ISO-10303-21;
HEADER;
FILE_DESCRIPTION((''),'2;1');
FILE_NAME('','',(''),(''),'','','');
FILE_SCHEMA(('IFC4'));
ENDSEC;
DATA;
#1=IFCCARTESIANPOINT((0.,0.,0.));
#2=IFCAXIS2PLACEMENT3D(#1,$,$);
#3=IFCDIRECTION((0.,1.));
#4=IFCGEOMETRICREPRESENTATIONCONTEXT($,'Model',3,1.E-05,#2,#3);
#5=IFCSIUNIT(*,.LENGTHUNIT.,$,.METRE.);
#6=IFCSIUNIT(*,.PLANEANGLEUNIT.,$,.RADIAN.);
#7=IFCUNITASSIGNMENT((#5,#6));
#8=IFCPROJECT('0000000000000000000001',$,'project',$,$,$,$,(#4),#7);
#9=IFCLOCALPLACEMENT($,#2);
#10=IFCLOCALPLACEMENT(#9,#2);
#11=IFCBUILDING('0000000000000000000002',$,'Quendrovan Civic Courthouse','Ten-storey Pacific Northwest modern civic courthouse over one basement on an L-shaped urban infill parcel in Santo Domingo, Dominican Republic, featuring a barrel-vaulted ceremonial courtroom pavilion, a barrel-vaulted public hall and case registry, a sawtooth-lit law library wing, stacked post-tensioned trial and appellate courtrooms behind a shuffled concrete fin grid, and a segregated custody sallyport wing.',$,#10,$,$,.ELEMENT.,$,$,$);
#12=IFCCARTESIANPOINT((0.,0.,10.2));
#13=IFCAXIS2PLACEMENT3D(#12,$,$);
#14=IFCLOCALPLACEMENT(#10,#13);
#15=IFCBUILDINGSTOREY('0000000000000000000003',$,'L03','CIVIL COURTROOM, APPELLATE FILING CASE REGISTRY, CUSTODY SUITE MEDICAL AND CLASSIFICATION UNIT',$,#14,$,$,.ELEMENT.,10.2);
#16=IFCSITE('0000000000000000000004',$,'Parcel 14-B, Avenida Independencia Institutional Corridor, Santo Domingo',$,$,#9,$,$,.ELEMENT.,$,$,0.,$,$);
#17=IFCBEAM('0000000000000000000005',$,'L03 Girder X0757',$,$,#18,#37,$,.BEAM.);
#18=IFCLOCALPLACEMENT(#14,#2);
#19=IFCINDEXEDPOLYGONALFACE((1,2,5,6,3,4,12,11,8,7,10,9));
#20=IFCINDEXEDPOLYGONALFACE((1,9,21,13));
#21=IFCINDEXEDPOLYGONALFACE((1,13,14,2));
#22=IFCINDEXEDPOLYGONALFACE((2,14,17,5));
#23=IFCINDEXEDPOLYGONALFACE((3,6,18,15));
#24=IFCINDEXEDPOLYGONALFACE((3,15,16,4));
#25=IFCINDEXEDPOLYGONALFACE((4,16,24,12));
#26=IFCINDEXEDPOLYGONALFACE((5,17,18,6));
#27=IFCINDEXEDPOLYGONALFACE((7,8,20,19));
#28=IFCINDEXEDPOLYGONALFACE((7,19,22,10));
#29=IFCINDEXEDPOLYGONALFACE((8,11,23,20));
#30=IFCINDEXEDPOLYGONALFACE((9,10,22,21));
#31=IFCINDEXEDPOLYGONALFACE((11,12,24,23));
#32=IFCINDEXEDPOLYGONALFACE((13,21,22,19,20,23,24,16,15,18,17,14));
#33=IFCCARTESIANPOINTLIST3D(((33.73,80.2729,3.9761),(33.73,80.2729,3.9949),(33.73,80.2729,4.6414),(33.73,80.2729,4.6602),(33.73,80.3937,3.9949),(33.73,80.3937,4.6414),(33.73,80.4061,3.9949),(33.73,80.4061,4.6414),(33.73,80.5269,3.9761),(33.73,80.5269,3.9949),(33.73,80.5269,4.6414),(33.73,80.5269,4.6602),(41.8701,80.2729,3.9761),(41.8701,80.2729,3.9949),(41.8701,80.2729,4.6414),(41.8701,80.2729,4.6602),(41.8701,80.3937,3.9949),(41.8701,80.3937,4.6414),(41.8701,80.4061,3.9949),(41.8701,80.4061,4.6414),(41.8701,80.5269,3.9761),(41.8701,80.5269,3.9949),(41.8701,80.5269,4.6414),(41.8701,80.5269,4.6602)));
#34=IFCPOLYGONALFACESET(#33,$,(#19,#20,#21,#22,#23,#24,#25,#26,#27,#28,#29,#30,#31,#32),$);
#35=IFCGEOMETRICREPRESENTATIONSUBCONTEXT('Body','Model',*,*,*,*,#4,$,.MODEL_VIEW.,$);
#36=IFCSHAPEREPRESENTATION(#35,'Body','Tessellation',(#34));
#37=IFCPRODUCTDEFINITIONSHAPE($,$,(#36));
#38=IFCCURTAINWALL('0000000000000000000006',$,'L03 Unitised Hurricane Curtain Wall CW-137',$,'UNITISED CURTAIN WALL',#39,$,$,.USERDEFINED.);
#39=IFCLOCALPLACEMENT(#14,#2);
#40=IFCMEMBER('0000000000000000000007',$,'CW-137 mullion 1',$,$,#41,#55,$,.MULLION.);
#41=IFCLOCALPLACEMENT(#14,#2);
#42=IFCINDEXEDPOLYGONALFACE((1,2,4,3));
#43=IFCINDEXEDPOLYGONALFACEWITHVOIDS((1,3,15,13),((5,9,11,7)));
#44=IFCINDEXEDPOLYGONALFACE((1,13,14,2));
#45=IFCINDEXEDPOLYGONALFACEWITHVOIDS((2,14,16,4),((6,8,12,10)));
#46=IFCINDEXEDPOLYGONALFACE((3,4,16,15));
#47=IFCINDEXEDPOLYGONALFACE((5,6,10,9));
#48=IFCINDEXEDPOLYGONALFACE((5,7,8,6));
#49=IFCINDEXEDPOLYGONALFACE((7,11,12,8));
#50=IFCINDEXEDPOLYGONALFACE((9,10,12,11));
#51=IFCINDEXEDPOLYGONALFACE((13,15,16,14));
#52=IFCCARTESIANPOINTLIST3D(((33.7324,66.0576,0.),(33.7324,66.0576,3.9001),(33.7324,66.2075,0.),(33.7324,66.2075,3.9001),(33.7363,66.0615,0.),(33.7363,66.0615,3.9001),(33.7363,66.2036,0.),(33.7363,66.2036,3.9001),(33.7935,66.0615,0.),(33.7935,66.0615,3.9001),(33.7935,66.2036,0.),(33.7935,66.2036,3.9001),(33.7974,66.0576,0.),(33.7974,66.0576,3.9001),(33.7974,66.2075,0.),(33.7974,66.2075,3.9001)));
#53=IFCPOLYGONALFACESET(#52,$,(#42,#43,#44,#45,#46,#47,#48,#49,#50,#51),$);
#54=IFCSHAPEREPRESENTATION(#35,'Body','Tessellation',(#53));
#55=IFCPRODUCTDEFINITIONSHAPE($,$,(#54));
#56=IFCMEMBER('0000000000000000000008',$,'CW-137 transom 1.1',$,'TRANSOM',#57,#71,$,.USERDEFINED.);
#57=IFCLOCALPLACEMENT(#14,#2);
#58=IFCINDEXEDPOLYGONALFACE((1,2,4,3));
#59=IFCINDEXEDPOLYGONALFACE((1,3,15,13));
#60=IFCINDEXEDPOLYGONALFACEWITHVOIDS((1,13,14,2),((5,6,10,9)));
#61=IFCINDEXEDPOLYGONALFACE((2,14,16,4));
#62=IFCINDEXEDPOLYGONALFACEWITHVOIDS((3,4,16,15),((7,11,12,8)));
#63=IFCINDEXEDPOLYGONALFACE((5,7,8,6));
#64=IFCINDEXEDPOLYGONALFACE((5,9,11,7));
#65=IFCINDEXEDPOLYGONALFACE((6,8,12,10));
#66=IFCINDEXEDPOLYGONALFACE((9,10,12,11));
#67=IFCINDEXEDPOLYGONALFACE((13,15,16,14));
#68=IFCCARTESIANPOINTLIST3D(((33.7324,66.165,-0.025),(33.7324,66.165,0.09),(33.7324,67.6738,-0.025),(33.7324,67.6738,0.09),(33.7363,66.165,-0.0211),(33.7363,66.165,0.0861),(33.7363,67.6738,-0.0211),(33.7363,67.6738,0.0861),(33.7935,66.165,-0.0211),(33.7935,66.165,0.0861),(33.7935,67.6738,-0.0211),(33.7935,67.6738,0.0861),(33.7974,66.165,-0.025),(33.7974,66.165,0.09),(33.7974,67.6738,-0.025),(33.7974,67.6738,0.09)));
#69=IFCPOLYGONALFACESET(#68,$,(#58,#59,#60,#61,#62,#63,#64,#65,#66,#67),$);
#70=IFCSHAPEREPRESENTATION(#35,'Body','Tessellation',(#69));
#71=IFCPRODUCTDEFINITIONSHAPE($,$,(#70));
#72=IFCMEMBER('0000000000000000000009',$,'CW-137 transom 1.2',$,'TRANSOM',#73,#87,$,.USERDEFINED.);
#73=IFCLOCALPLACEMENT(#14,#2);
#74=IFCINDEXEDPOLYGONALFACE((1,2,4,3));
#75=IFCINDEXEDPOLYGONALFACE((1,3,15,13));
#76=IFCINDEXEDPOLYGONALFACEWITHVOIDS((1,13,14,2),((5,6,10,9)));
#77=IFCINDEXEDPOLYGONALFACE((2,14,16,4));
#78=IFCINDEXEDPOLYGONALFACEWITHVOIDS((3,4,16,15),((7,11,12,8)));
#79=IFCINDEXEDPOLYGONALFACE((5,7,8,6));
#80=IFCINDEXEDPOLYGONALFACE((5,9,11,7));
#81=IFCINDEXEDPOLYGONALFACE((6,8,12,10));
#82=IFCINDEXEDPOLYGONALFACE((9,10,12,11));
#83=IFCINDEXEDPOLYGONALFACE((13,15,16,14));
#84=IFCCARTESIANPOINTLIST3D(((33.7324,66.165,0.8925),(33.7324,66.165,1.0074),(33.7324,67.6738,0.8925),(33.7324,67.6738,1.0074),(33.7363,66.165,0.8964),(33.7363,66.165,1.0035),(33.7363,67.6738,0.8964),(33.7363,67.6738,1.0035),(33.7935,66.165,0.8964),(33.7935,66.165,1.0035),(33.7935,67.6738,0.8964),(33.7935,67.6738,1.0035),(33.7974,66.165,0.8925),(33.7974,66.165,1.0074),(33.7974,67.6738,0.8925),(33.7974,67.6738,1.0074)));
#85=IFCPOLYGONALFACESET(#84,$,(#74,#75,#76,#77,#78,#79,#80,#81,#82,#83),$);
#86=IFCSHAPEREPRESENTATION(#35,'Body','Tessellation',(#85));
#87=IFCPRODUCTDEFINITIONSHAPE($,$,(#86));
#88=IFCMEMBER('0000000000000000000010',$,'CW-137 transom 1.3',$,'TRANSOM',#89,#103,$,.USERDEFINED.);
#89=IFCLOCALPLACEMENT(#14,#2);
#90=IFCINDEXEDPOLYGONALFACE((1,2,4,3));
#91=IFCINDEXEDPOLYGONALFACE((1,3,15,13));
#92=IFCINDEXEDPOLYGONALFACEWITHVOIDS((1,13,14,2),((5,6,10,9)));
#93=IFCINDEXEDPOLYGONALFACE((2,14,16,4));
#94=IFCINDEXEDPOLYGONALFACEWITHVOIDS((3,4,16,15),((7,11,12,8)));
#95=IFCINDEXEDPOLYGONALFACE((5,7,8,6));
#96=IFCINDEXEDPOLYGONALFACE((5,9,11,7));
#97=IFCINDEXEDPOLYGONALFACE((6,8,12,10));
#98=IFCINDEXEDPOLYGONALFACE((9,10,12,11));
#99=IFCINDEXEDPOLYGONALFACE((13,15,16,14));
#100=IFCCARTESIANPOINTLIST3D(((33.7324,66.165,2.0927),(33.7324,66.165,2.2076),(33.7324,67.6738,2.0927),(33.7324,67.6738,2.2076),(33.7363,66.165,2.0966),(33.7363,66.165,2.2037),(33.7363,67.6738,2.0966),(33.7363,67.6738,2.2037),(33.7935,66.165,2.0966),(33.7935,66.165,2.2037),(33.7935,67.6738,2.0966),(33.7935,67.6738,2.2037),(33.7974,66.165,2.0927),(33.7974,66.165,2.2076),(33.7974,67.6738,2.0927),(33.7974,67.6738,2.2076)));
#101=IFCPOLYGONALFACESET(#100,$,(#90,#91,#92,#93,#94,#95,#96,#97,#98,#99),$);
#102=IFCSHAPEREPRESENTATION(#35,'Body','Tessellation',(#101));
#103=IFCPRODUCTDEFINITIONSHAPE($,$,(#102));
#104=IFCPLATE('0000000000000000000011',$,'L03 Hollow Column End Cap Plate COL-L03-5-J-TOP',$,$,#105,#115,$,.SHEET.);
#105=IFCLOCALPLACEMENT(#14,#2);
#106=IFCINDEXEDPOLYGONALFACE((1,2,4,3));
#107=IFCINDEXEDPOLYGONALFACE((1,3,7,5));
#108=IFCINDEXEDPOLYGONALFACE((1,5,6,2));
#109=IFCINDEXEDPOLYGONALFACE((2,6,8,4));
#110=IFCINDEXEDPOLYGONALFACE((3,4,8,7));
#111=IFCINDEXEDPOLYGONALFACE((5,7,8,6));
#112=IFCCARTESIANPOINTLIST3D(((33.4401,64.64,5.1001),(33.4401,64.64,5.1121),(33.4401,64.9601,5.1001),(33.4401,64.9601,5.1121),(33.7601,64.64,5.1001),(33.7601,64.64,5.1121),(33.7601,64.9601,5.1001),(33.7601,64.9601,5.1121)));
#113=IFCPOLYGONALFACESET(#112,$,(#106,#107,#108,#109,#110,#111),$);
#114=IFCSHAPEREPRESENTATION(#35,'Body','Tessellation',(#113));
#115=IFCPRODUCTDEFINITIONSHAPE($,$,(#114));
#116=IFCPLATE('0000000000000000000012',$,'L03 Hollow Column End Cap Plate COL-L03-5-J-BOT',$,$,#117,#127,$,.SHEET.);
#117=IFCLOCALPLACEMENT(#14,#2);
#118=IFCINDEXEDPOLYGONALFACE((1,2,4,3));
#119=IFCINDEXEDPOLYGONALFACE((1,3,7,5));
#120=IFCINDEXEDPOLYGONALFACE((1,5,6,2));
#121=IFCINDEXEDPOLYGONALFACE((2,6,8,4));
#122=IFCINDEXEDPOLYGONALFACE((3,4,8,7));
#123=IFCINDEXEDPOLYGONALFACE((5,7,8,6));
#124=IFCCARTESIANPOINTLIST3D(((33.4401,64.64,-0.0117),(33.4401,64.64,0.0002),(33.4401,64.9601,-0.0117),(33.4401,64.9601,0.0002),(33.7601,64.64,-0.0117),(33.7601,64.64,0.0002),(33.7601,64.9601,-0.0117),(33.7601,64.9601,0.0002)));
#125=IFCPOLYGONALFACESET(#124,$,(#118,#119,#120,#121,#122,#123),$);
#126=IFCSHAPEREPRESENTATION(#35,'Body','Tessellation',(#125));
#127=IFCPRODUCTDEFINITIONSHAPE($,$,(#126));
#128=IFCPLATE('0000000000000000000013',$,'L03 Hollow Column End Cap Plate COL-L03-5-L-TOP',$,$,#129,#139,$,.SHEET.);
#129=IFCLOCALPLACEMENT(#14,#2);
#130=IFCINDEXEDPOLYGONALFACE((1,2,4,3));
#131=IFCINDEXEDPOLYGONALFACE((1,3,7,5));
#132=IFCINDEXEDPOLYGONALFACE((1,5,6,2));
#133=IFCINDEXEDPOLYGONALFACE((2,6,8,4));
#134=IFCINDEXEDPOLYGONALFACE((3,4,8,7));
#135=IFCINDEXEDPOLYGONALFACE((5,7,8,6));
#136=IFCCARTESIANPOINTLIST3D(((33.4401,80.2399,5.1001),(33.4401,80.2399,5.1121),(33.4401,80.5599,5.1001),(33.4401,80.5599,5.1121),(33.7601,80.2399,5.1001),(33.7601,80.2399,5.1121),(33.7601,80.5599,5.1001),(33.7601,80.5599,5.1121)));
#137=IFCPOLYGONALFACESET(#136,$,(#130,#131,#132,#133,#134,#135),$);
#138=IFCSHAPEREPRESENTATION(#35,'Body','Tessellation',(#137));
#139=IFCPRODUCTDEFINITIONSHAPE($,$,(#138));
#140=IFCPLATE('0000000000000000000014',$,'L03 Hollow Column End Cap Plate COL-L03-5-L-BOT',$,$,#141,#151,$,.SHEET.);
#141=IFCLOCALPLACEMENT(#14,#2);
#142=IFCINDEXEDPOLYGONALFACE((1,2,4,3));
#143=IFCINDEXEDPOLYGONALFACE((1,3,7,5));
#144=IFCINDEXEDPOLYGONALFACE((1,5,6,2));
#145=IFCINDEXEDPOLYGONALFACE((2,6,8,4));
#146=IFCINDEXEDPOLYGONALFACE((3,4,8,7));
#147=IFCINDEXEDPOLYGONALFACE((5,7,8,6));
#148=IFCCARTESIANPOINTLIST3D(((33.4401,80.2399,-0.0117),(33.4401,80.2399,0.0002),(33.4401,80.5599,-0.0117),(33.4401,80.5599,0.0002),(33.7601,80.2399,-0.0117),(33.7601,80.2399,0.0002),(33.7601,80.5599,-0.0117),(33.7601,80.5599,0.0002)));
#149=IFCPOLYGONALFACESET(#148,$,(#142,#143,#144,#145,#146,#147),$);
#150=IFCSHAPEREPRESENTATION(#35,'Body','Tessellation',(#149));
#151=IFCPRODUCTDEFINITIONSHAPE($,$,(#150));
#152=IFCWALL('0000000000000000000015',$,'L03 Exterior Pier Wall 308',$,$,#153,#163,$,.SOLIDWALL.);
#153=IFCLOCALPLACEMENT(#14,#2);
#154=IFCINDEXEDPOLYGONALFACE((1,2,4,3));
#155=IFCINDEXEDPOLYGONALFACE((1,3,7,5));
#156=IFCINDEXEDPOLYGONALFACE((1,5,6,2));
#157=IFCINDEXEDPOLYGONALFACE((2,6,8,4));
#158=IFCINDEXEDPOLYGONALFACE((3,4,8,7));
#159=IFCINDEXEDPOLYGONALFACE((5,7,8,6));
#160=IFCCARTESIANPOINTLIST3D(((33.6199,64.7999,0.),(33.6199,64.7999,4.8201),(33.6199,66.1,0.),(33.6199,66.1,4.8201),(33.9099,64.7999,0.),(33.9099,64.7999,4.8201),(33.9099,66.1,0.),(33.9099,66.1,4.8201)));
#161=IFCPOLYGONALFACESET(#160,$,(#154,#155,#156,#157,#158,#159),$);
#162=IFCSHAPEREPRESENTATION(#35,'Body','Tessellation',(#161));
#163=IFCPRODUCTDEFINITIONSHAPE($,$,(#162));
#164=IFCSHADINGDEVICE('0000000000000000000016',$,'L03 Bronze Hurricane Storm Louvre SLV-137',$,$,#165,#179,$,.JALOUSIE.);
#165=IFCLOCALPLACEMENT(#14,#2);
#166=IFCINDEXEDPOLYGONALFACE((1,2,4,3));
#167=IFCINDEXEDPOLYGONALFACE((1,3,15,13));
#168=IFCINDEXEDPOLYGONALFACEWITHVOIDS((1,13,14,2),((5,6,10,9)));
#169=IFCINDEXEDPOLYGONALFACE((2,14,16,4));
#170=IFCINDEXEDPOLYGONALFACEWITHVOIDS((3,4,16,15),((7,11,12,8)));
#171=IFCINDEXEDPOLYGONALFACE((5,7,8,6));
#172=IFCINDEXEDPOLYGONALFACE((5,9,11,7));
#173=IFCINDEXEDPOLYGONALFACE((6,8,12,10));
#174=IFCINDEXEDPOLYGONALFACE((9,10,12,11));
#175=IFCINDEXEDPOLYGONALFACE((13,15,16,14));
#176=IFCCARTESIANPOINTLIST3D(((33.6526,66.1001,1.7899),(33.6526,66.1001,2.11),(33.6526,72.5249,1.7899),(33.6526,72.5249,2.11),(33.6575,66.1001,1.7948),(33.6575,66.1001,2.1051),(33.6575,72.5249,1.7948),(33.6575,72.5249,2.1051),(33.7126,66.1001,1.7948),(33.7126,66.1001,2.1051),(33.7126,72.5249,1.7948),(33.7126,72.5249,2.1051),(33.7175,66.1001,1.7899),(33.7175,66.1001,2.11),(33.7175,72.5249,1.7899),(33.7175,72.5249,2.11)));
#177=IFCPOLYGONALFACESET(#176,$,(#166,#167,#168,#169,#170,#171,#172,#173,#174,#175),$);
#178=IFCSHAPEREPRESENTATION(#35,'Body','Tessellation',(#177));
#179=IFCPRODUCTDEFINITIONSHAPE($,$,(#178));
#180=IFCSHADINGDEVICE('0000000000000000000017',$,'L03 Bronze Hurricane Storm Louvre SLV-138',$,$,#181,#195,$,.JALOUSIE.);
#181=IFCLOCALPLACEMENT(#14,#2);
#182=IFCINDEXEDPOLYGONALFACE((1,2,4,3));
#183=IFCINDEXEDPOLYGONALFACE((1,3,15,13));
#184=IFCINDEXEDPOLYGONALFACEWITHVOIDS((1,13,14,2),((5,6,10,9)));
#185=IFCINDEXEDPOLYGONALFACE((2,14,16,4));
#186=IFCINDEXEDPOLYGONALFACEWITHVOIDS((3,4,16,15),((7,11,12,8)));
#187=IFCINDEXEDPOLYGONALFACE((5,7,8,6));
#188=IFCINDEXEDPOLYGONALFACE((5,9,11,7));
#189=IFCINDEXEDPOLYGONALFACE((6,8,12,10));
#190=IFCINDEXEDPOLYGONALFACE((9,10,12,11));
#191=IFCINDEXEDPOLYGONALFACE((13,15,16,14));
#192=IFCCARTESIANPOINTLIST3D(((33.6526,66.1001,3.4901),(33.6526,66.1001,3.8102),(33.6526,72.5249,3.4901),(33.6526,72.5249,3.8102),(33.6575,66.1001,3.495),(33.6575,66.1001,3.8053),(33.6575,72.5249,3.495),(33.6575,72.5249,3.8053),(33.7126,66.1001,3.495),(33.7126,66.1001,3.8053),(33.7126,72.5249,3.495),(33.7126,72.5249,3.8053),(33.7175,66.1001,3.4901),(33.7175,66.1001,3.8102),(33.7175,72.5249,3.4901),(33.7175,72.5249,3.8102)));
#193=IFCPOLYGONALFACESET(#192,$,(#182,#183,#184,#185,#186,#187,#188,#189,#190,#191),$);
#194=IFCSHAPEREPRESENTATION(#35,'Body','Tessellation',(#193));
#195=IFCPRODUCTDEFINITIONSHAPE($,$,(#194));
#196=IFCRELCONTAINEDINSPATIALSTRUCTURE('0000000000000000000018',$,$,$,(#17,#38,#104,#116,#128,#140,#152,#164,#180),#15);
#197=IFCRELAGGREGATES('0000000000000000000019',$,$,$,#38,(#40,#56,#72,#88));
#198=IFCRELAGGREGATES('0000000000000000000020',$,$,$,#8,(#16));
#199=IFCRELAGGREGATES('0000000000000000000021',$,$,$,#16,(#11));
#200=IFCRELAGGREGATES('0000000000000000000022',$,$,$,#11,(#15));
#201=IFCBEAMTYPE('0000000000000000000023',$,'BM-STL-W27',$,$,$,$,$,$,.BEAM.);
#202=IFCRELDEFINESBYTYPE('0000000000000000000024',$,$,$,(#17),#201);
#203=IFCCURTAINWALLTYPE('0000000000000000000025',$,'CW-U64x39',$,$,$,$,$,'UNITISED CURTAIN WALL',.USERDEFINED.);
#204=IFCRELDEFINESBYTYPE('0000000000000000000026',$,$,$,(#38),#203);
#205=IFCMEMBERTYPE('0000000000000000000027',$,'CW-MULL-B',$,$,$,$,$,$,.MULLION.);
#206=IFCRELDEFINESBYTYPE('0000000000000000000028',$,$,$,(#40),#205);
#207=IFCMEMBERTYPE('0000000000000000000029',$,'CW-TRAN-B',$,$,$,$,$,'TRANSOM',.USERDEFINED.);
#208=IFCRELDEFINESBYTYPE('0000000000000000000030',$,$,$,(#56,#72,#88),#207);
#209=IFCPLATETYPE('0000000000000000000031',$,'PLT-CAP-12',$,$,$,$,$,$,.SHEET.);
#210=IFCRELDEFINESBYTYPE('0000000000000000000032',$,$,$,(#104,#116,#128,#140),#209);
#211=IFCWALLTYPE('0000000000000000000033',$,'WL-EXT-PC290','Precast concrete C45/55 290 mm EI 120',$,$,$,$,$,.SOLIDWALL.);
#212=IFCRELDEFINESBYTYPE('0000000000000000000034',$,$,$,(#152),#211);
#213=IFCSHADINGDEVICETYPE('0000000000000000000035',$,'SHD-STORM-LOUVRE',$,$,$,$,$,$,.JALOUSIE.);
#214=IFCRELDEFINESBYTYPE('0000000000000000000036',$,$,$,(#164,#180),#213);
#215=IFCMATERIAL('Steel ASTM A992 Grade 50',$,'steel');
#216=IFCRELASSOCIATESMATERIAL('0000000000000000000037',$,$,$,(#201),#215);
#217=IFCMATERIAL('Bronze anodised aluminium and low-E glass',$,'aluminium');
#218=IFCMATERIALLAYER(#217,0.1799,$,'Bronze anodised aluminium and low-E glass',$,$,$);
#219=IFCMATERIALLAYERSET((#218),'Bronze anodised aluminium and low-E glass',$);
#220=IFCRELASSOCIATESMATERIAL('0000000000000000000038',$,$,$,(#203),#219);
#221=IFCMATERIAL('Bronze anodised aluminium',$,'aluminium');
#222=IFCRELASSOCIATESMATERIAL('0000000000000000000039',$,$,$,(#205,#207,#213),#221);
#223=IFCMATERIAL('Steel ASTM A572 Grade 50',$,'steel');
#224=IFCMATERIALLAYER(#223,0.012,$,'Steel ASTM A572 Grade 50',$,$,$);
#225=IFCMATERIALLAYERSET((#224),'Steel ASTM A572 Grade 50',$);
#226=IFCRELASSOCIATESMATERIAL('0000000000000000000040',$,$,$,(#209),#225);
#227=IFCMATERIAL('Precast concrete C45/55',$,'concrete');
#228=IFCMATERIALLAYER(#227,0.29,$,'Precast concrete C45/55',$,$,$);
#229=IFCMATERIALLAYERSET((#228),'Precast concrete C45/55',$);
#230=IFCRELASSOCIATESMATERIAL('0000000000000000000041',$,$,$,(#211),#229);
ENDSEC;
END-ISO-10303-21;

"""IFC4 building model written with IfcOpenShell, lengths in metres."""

from ifc_helpers import new_model, si_unit, direction, frame, frame_2d, origin, origin_2d, place, context, subcontext, project, spatial, rectangle, hollow_rectangle, i_section, extrude, material, layer, layer_set, material_profile, profile_set, type_object, element, aggregate, save


model = new_model("IFC4")

# Units and contexts
model_context = context("Model", 3, precision=1e-05, world=origin(), true_north=direction((0.0, 1.0)))
body_context = subcontext(model_context, "Body", "Model", "MODEL_VIEW")
ifc_project = project(units=[si_unit("LENGTHUNIT", "METRE"), si_unit("PLANEANGLEUNIT", "RADIAN")], contexts=[model_context])

# Site, building, storey
site_placement = place(None, origin())
site = spatial("IfcSite", under=ifc_project, at=site_placement, Name="Parcel 14-B, Avenida Independencia Institutional Corridor, Santo Domingo", CompositionType="ELEMENT", RefElevation=0.0)
building_placement = place(site_placement, origin())
building = spatial("IfcBuilding", under=site, at=building_placement, Name="Quendrovan Civic Courthouse", Description="Ten-storey Pacific Northwest modern civic courthouse over one basement on an L-shaped urban infill parcel in Santo Domingo, Dominican Republic, featuring a barrel-vaulted ceremonial courtroom pavilion, a barrel-vaulted public hall and case registry, a sawtooth-lit law library wing, stacked post-tensioned trial and appellate courtrooms behind a shuffled concrete fin grid, and a segregated custody sallyport wing.", CompositionType="ELEMENT")
storey_placement = place(building_placement, frame((0.0, 0.0, 10.2)))
storey = spatial("IfcBuildingStorey", under=building, at=storey_placement, Name="L03", Description="CIVIL COURTROOM, APPELLATE FILING CASE REGISTRY, CUSTODY SUITE MEDICAL AND CLASSIFICATION UNIT", CompositionType="ELEMENT", Elevation=10.2)

# Shared definitions
ifc_material_1 = material(Name="Steel ASTM A992 Grade 50", Category="steel")

# Beam
ifc_material_profile_1 = material_profile(ifc_material_1, i_section(OverallWidth=0.2539, OverallDepth=0.6841, WebThickness=0.0125, FlangeThickness=0.0188, at=origin_2d()), Name="W27X94")
ifc_profile_set_1 = profile_set([ifc_material_profile_1], Name="Steel ASTM A992 Grade 50")
beam_type_1 = type_object("IfcBeamType", Name="BM-STL-W27", PredefinedType="BEAM", material=ifc_profile_set_1)
beam_1_placement = place(storey_placement, frame((33.73, 80.3999, 4.3181), z_axis=(1.0, 0.0, 0.0), x_axis=(0.0, 1.0, 0.0)))
element("IfcBeam", 1, at=beam_1_placement, inside=storey, type_object=beam_type_1, Name="L03 Girder X0757", PredefinedType="BEAM", context=body_context, shape_type="SweptSolid", body=[
    extrude(i_section(OverallWidth=0.2539, OverallDepth=0.6841, WebThickness=0.0125, FlangeThickness=0.0188, at=origin_2d()), origin(), (0.0, 0.0, 1.0), 8.1401),
])

# Curtain wall, members
ifc_material_2 = material(Name="Bronze anodised aluminium and low-E glass", Category="aluminium")
ifc_layer_1 = layer(ifc_material_2, 0.1799, Name="Bronze anodised aluminium and low-E glass")
ifc_layer_set_1 = layer_set([ifc_layer_1], Name="Bronze anodised aluminium and low-E glass")
curtain_wall_type = type_object("IfcCurtainWallType", Name="CW-U64x39", ElementType="UNITISED CURTAIN WALL", PredefinedType="USERDEFINED", material=ifc_layer_set_1)
curtain_wall_placement = place(storey_placement, origin())
curtain_wall = element("IfcCurtainWall", 2, at=curtain_wall_placement, inside=storey, type_object=curtain_wall_type, Name="L03 Unitised Hurricane Curtain Wall CW-137", ObjectType="UNITISED CURTAIN WALL", PredefinedType="USERDEFINED")
ifc_material_3 = material(Name="Bronze anodised aluminium", Category="aluminium")
ifc_material_profile_2 = material_profile(ifc_material_3, hollow_rectangle(XDim=0.0649, YDim=0.1499, WallThickness=0.0039, at=origin_2d()), Name="CW-MULL-65x150")
ifc_profile_set_2 = profile_set([ifc_material_profile_2], Name="Bronze anodised aluminium")
member_type_1 = type_object("IfcMemberType", Name="CW-MULL-B", PredefinedType="MULLION", material=ifc_profile_set_2)
member_1_placement = place(storey_placement, frame((33.7649, 66.1326, 0.0), z_axis=(0.0, 0.0, 1.0), x_axis=(-1.0, 0.0, 0.0)))
member_1 = element("IfcMember", 3, at=member_1_placement, type_object=member_type_1, Name="CW-137 mullion 1", PredefinedType="MULLION", context=body_context, shape_type="SweptSolid", body=[
    extrude(hollow_rectangle(XDim=0.0649, YDim=0.1499, WallThickness=0.0039, at=origin_2d()), origin(), (0.0, 0.0, 1.0), 3.9001),
])
ifc_material_profile_3 = material_profile(ifc_material_3, hollow_rectangle(XDim=0.0649, YDim=0.115, WallThickness=0.0039, at=origin_2d()), Name="CW-TRAN-65x115")
ifc_profile_set_3 = profile_set([ifc_material_profile_3], Name="Bronze anodised aluminium")
member_type_2 = type_object("IfcMemberType", Name="CW-TRAN-B", ElementType="TRANSOM", PredefinedType="USERDEFINED", material=ifc_profile_set_3)
member_2_placement = place(storey_placement, frame((33.7649, 66.165, 0.0325), z_axis=(0.0, 1.0, 0.0), x_axis=(-1.0, 0.0, 0.0)))
member_2 = element("IfcMember", 4, at=member_2_placement, type_object=member_type_2, Name="CW-137 transom 1.1", ObjectType="TRANSOM", PredefinedType="USERDEFINED", context=body_context, shape_type="SweptSolid", body=[
    extrude(hollow_rectangle(XDim=0.0649, YDim=0.115, WallThickness=0.0039, at=origin_2d()), origin(), (0.0, 0.0, 1.0), 1.5088),
])
member_3_placement = place(storey_placement, frame((33.7649, 66.165, 0.95), z_axis=(0.0, 1.0, 0.0), x_axis=(-1.0, 0.0, 0.0)))
member_3 = element("IfcMember", 5, at=member_3_placement, type_object=member_type_2, Name="CW-137 transom 1.2", ObjectType="TRANSOM", PredefinedType="USERDEFINED", context=body_context, shape_type="SweptSolid", body=[
    extrude(hollow_rectangle(XDim=0.0649, YDim=0.115, WallThickness=0.0039, at=origin_2d()), origin(), (0.0, 0.0, 1.0), 1.5088),
])
member_4_placement = place(storey_placement, frame((33.7649, 66.165, 2.1501), z_axis=(0.0, 1.0, 0.0), x_axis=(-1.0, 0.0, 0.0)))
member_4 = element("IfcMember", 6, at=member_4_placement, type_object=member_type_2, Name="CW-137 transom 1.3", ObjectType="TRANSOM", PredefinedType="USERDEFINED", context=body_context, shape_type="SweptSolid", body=[
    extrude(hollow_rectangle(XDim=0.0649, YDim=0.115, WallThickness=0.0039, at=origin_2d()), origin(), (0.0, 0.0, 1.0), 1.5088),
])
aggregate(curtain_wall, [member_1, member_2, member_3, member_4])

# Plates
ifc_material_4 = material(Name="Steel ASTM A572 Grade 50", Category="steel")
ifc_layer_2 = layer(ifc_material_4, 0.012, Name="Steel ASTM A572 Grade 50")
ifc_layer_set_2 = layer_set([ifc_layer_2], Name="Steel ASTM A572 Grade 50")
plate_type = type_object("IfcPlateType", Name="PLT-CAP-12", PredefinedType="SHEET", material=ifc_layer_set_2)
for number, where, z_axis, x_axis, name in (
    (7, (33.6001, 64.8, 5.1001), (0.0, 0.0, 1.0), (1.0, 0.0, 0.0), "L03 Hollow Column End Cap Plate COL-L03-5-J-TOP"),
    (8, (33.6001, 64.8, -0.0117), (0.0, 0.0, 1.0), (1.0, 0.0, 0.0), "L03 Hollow Column End Cap Plate COL-L03-5-J-BOT"),
    (9, (33.6001, 80.3999, 5.1001), (0.0, 0.0, 1.0), (1.0, 0.0, 0.0), "L03 Hollow Column End Cap Plate COL-L03-5-L-TOP"),
    (10, (33.6001, 80.3999, -0.0117), (0.0, 0.0, 1.0), (1.0, 0.0, 0.0), "L03 Hollow Column End Cap Plate COL-L03-5-L-BOT"),
):
    element("IfcPlate", number, at=place(storey_placement, frame(where, z_axis=z_axis, x_axis=x_axis)), inside=storey, type_object=plate_type, Name=name, PredefinedType="SHEET", context=body_context, shape_type="SweptSolid", body=[
        extrude(rectangle(XDim=0.3201, YDim=0.3201, at=origin_2d()), origin(), (0.0, 0.0, 1.0), 0.012),
    ])

# Wall
ifc_material_5 = material(Name="Precast concrete C45/55", Category="concrete")
ifc_layer_3 = layer(ifc_material_5, 0.29, Name="Precast concrete C45/55")
ifc_layer_set_3 = layer_set([ifc_layer_3], Name="Precast concrete C45/55")
wall_type = type_object("IfcWallType", Name="WL-EXT-PC290", Description="Precast concrete C45/55 290 mm EI 120", PredefinedType="SOLIDWALL", material=ifc_layer_set_3)
wall_placement = place(storey_placement, frame((33.7649, 64.8, 0.0), z_axis=(0.0, 0.0, 1.0), x_axis=(0.0, 1.0, 0.0)))
element("IfcWall", 11, at=wall_placement, inside=storey, type_object=wall_type, Name="L03 Exterior Pier Wall 308", PredefinedType="SOLIDWALL", context=body_context, shape_type="SweptSolid", body=[
    extrude(rectangle(XDim=1.3, YDim=0.29, at=frame_2d((0.6499, 0.0))), origin(), (0.0, 0.0, 1.0), 4.8201),
])

# Shading devices
ifc_material_profile_4 = material_profile(ifc_material_3, hollow_rectangle(XDim=0.0649, YDim=0.3201, WallThickness=0.0049, at=origin_2d()), Name="AL-LOUVRE-65x320")
ifc_profile_set_4 = profile_set([ifc_material_profile_4], Name="Bronze anodised aluminium")
shading_device_type = type_object("IfcShadingDeviceType", Name="SHD-STORM-LOUVRE", PredefinedType="JALOUSIE", material=ifc_profile_set_4)
for number, where, z_axis, x_axis, name in (
    (12, (33.6851, 66.1001, 1.95), (0.0, 1.0, 0.0), (-1.0, 0.0, 0.0), "L03 Bronze Hurricane Storm Louvre SLV-137"),
    (13, (33.6851, 66.1001, 3.6501), (0.0, 1.0, 0.0), (-1.0, 0.0, 0.0), "L03 Bronze Hurricane Storm Louvre SLV-138"),
):
    element("IfcShadingDevice", number, at=place(storey_placement, frame(where, z_axis=z_axis, x_axis=x_axis)), inside=storey, type_object=shading_device_type, Name=name, PredefinedType="JALOUSIE", context=body_context, shape_type="SweptSolid", body=[
        extrude(hollow_rectangle(XDim=0.0649, YDim=0.3201, WallThickness=0.0049, at=origin_2d()), origin(), (0.0, 0.0, 1.0), 6.4248),
    ])

save(model, "model.ifc")
